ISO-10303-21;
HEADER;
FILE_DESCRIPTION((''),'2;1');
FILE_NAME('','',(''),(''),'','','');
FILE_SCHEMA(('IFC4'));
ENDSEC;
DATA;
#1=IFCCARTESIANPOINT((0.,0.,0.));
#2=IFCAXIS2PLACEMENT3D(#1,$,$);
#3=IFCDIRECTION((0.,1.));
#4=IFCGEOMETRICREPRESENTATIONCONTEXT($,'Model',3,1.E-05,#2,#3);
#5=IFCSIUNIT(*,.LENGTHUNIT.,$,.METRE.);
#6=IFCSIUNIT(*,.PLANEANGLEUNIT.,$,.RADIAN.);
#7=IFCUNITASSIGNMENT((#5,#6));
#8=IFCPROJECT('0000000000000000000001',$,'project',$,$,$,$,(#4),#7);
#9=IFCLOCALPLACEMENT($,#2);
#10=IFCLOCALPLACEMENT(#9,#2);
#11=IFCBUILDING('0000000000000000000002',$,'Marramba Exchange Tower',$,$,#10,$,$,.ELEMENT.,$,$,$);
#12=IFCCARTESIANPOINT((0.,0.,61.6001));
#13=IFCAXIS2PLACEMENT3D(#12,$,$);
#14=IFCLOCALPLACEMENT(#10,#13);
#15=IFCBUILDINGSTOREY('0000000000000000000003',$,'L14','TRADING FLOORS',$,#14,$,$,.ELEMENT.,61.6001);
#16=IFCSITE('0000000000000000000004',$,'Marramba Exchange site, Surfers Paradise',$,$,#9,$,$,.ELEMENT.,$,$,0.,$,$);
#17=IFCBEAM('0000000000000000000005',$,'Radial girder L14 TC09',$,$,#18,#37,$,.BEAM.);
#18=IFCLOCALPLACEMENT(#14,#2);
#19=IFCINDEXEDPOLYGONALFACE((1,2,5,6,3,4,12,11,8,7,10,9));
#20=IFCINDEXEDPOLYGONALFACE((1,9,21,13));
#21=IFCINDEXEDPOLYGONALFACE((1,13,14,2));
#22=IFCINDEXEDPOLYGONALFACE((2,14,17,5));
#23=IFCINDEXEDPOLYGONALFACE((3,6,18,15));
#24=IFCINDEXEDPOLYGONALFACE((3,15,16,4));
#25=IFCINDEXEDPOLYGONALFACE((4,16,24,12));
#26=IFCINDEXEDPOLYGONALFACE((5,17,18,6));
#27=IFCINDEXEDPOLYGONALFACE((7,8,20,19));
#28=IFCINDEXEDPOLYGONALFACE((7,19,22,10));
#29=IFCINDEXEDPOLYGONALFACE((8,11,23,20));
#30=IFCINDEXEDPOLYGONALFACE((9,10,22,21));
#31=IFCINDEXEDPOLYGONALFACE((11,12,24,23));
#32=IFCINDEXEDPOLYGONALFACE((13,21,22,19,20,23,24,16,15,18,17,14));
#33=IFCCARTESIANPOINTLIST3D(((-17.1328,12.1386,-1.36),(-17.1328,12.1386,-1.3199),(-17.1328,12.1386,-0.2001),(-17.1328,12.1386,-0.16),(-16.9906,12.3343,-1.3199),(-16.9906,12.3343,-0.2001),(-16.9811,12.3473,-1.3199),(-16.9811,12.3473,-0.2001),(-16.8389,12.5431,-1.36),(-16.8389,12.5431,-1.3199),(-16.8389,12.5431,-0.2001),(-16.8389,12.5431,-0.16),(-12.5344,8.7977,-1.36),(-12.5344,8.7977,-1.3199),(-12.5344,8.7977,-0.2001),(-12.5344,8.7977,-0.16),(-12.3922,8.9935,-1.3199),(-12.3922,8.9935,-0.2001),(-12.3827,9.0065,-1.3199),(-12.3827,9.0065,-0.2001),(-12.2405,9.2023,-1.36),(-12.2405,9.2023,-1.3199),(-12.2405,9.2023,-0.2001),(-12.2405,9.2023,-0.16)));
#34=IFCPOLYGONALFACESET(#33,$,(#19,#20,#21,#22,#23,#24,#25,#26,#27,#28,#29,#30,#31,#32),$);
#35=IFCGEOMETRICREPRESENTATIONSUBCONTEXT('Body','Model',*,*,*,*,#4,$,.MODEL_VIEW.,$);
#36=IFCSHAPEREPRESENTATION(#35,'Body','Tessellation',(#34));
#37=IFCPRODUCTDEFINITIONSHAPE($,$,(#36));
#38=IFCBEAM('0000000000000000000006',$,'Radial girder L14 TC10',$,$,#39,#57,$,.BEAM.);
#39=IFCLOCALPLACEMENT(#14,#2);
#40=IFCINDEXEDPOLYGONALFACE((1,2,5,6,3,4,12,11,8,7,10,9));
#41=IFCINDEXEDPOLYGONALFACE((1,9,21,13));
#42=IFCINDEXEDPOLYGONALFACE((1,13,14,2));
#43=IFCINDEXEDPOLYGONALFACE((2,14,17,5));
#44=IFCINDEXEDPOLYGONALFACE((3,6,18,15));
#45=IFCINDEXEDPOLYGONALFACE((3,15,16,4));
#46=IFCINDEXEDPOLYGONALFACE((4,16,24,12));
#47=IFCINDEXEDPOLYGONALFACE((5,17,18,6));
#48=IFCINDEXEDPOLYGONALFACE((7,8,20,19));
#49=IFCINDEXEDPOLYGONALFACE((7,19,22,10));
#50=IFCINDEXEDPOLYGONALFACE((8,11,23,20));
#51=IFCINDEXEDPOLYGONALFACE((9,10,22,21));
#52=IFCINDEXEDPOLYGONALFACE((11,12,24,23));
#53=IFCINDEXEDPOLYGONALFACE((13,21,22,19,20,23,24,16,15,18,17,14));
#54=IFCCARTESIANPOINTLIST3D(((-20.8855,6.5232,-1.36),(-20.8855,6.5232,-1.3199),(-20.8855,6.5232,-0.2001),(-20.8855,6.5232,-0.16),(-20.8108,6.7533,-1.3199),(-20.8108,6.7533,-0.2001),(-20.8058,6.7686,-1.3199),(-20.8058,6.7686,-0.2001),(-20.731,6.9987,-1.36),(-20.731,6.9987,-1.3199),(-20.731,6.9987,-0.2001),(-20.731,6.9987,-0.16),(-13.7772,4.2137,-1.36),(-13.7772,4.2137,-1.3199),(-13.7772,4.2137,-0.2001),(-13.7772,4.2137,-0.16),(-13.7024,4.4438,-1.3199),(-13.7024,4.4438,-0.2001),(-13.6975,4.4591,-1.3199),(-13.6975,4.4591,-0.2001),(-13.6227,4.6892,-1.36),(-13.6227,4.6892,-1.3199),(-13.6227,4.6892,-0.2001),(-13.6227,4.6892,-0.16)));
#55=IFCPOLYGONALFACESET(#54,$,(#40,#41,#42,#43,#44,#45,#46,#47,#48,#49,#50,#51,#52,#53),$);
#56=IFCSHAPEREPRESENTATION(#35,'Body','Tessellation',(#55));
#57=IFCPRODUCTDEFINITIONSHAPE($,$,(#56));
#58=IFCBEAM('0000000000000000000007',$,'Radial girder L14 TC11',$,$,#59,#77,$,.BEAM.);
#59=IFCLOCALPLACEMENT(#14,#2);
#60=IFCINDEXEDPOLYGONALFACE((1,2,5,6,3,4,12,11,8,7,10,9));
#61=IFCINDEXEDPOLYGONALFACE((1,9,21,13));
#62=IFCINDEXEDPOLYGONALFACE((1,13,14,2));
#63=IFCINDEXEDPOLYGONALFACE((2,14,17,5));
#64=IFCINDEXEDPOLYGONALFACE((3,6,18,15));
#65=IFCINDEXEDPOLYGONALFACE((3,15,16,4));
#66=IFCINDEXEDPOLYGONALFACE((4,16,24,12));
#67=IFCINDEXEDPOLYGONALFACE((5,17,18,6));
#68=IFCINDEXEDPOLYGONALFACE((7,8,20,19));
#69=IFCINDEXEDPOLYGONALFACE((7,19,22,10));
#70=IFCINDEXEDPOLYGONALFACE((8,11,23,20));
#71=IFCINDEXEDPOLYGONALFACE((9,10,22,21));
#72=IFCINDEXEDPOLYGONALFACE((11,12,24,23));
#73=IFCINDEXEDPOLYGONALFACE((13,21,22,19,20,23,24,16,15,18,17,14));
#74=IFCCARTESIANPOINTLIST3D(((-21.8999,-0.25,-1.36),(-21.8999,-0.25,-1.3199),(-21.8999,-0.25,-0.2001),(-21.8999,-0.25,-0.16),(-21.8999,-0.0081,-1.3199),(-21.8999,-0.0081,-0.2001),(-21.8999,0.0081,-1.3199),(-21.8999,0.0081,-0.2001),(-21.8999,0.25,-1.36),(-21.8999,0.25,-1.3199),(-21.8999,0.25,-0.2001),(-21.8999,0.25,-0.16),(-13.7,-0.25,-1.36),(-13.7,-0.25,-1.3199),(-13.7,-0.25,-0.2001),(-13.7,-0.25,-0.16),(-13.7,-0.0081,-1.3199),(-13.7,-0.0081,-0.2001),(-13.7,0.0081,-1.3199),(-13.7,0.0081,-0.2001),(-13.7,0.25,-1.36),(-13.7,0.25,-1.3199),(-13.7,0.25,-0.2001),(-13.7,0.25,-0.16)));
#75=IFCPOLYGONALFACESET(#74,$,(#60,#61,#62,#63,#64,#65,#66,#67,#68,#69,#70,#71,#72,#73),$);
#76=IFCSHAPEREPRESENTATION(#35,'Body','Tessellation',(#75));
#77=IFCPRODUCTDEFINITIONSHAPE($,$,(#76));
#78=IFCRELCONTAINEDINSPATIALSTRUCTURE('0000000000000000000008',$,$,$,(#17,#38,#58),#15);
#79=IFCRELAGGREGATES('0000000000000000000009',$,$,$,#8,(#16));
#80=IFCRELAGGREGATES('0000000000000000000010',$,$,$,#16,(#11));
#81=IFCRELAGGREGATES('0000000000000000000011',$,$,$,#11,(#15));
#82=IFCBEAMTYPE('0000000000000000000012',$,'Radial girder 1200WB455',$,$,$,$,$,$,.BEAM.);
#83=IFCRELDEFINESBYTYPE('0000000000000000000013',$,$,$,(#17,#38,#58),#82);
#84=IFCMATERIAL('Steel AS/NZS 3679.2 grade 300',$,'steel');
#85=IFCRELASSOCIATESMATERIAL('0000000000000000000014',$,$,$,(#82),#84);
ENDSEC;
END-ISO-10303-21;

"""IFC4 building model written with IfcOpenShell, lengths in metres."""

from ifc_helpers import new_model, si_unit, direction, frame, origin, origin_2d, place, context, subcontext, project, spatial, i_section, extrude, material, material_profile, profile_set, type_object, element, save


model = new_model("IFC4")

# Units and contexts
model_context = context("Model", 3, precision=1e-05, world=origin(), true_north=direction((0.0, 1.0)))
body_context = subcontext(model_context, "Body", "Model", "MODEL_VIEW")
ifc_project = project(units=[si_unit("LENGTHUNIT", "METRE"), si_unit("PLANEANGLEUNIT", "RADIAN")], contexts=[model_context])

# Site, building, storey
site_placement = place(None, origin())
site = spatial("IfcSite", under=ifc_project, at=site_placement, Name="Marramba Exchange site, Surfers Paradise", CompositionType="ELEMENT", RefElevation=0.0)
building_placement = place(site_placement, origin())
building = spatial("IfcBuilding", under=site, at=building_placement, Name="Marramba Exchange Tower", CompositionType="ELEMENT")
storey_placement = place(building_placement, frame((0.0, 0.0, 61.6001)))
storey = spatial("IfcBuildingStorey", under=building, at=storey_placement, Name="L14", Description="TRADING FLOORS", CompositionType="ELEMENT", Elevation=61.6001)

# Beams
ifc_material_1 = material(Name="Steel AS/NZS 3679.2 grade 300", Category="steel")
ifc_material_profile_1 = material_profile(ifc_material_1, i_section(OverallWidth=0.5, OverallDepth=1.2, WebThickness=0.0161, FlangeThickness=0.04, at=origin_2d()), Name="1200WB455")
ifc_profile_set_1 = profile_set([ifc_material_profile_1], Name="Steel AS/NZS 3679.2 grade 300")
beam_type_1 = type_object("IfcBeamType", Name="Radial girder 1200WB455", PredefinedType="BEAM", material=ifc_profile_set_1)
beam_1_placement = place(storey_placement, frame((-12.3875, 9.0, -0.76), z_axis=(-0.809026, 0.587773, 0.0), x_axis=(-0.587773, -0.809026, 0.0)))
element("IfcBeam", 1, at=beam_1_placement, inside=storey, type_object=beam_type_1, Name="Radial girder L14 TC09", PredefinedType="BEAM", context=body_context, shape_type="SweptSolid", body=[
    extrude(i_section(OverallWidth=0.5, OverallDepth=1.2, WebThickness=0.0161, FlangeThickness=0.04, at=origin_2d()), origin(), (0.0, 0.0, 1.0), 5.6838),
])
beam_2_placement = place(storey_placement, frame((-13.7, 4.4514, -0.76), z_axis=(-0.95106, 0.309006, 0.0), x_axis=(-0.309006, -0.95106, 0.0)))
element("IfcBeam", 2, at=beam_2_placement, inside=storey, type_object=beam_type_1, Name="Radial girder L14 TC10", PredefinedType="BEAM", context=body_context, shape_type="SweptSolid", body=[
    extrude(i_section(OverallWidth=0.5, OverallDepth=1.2, WebThickness=0.0161, FlangeThickness=0.04, at=origin_2d()), origin(), (0.0, 0.0, 1.0), 7.4741),
])
beam_3_placement = place(storey_placement, frame((-13.7, 0.0, -0.76), z_axis=(-1.0, 0.0, 0.0), x_axis=(0.0, -1.0, 0.0)))
element("IfcBeam", 3, at=beam_3_placement, inside=storey, type_object=beam_type_1, Name="Radial girder L14 TC11", PredefinedType="BEAM", context=body_context, shape_type="SweptSolid", body=[
    extrude(i_section(OverallWidth=0.5, OverallDepth=1.2, WebThickness=0.0161, FlangeThickness=0.04, at=origin_2d()), origin(), (0.0, 0.0, 1.0), 8.2),
])

save(model, "model.ifc")
